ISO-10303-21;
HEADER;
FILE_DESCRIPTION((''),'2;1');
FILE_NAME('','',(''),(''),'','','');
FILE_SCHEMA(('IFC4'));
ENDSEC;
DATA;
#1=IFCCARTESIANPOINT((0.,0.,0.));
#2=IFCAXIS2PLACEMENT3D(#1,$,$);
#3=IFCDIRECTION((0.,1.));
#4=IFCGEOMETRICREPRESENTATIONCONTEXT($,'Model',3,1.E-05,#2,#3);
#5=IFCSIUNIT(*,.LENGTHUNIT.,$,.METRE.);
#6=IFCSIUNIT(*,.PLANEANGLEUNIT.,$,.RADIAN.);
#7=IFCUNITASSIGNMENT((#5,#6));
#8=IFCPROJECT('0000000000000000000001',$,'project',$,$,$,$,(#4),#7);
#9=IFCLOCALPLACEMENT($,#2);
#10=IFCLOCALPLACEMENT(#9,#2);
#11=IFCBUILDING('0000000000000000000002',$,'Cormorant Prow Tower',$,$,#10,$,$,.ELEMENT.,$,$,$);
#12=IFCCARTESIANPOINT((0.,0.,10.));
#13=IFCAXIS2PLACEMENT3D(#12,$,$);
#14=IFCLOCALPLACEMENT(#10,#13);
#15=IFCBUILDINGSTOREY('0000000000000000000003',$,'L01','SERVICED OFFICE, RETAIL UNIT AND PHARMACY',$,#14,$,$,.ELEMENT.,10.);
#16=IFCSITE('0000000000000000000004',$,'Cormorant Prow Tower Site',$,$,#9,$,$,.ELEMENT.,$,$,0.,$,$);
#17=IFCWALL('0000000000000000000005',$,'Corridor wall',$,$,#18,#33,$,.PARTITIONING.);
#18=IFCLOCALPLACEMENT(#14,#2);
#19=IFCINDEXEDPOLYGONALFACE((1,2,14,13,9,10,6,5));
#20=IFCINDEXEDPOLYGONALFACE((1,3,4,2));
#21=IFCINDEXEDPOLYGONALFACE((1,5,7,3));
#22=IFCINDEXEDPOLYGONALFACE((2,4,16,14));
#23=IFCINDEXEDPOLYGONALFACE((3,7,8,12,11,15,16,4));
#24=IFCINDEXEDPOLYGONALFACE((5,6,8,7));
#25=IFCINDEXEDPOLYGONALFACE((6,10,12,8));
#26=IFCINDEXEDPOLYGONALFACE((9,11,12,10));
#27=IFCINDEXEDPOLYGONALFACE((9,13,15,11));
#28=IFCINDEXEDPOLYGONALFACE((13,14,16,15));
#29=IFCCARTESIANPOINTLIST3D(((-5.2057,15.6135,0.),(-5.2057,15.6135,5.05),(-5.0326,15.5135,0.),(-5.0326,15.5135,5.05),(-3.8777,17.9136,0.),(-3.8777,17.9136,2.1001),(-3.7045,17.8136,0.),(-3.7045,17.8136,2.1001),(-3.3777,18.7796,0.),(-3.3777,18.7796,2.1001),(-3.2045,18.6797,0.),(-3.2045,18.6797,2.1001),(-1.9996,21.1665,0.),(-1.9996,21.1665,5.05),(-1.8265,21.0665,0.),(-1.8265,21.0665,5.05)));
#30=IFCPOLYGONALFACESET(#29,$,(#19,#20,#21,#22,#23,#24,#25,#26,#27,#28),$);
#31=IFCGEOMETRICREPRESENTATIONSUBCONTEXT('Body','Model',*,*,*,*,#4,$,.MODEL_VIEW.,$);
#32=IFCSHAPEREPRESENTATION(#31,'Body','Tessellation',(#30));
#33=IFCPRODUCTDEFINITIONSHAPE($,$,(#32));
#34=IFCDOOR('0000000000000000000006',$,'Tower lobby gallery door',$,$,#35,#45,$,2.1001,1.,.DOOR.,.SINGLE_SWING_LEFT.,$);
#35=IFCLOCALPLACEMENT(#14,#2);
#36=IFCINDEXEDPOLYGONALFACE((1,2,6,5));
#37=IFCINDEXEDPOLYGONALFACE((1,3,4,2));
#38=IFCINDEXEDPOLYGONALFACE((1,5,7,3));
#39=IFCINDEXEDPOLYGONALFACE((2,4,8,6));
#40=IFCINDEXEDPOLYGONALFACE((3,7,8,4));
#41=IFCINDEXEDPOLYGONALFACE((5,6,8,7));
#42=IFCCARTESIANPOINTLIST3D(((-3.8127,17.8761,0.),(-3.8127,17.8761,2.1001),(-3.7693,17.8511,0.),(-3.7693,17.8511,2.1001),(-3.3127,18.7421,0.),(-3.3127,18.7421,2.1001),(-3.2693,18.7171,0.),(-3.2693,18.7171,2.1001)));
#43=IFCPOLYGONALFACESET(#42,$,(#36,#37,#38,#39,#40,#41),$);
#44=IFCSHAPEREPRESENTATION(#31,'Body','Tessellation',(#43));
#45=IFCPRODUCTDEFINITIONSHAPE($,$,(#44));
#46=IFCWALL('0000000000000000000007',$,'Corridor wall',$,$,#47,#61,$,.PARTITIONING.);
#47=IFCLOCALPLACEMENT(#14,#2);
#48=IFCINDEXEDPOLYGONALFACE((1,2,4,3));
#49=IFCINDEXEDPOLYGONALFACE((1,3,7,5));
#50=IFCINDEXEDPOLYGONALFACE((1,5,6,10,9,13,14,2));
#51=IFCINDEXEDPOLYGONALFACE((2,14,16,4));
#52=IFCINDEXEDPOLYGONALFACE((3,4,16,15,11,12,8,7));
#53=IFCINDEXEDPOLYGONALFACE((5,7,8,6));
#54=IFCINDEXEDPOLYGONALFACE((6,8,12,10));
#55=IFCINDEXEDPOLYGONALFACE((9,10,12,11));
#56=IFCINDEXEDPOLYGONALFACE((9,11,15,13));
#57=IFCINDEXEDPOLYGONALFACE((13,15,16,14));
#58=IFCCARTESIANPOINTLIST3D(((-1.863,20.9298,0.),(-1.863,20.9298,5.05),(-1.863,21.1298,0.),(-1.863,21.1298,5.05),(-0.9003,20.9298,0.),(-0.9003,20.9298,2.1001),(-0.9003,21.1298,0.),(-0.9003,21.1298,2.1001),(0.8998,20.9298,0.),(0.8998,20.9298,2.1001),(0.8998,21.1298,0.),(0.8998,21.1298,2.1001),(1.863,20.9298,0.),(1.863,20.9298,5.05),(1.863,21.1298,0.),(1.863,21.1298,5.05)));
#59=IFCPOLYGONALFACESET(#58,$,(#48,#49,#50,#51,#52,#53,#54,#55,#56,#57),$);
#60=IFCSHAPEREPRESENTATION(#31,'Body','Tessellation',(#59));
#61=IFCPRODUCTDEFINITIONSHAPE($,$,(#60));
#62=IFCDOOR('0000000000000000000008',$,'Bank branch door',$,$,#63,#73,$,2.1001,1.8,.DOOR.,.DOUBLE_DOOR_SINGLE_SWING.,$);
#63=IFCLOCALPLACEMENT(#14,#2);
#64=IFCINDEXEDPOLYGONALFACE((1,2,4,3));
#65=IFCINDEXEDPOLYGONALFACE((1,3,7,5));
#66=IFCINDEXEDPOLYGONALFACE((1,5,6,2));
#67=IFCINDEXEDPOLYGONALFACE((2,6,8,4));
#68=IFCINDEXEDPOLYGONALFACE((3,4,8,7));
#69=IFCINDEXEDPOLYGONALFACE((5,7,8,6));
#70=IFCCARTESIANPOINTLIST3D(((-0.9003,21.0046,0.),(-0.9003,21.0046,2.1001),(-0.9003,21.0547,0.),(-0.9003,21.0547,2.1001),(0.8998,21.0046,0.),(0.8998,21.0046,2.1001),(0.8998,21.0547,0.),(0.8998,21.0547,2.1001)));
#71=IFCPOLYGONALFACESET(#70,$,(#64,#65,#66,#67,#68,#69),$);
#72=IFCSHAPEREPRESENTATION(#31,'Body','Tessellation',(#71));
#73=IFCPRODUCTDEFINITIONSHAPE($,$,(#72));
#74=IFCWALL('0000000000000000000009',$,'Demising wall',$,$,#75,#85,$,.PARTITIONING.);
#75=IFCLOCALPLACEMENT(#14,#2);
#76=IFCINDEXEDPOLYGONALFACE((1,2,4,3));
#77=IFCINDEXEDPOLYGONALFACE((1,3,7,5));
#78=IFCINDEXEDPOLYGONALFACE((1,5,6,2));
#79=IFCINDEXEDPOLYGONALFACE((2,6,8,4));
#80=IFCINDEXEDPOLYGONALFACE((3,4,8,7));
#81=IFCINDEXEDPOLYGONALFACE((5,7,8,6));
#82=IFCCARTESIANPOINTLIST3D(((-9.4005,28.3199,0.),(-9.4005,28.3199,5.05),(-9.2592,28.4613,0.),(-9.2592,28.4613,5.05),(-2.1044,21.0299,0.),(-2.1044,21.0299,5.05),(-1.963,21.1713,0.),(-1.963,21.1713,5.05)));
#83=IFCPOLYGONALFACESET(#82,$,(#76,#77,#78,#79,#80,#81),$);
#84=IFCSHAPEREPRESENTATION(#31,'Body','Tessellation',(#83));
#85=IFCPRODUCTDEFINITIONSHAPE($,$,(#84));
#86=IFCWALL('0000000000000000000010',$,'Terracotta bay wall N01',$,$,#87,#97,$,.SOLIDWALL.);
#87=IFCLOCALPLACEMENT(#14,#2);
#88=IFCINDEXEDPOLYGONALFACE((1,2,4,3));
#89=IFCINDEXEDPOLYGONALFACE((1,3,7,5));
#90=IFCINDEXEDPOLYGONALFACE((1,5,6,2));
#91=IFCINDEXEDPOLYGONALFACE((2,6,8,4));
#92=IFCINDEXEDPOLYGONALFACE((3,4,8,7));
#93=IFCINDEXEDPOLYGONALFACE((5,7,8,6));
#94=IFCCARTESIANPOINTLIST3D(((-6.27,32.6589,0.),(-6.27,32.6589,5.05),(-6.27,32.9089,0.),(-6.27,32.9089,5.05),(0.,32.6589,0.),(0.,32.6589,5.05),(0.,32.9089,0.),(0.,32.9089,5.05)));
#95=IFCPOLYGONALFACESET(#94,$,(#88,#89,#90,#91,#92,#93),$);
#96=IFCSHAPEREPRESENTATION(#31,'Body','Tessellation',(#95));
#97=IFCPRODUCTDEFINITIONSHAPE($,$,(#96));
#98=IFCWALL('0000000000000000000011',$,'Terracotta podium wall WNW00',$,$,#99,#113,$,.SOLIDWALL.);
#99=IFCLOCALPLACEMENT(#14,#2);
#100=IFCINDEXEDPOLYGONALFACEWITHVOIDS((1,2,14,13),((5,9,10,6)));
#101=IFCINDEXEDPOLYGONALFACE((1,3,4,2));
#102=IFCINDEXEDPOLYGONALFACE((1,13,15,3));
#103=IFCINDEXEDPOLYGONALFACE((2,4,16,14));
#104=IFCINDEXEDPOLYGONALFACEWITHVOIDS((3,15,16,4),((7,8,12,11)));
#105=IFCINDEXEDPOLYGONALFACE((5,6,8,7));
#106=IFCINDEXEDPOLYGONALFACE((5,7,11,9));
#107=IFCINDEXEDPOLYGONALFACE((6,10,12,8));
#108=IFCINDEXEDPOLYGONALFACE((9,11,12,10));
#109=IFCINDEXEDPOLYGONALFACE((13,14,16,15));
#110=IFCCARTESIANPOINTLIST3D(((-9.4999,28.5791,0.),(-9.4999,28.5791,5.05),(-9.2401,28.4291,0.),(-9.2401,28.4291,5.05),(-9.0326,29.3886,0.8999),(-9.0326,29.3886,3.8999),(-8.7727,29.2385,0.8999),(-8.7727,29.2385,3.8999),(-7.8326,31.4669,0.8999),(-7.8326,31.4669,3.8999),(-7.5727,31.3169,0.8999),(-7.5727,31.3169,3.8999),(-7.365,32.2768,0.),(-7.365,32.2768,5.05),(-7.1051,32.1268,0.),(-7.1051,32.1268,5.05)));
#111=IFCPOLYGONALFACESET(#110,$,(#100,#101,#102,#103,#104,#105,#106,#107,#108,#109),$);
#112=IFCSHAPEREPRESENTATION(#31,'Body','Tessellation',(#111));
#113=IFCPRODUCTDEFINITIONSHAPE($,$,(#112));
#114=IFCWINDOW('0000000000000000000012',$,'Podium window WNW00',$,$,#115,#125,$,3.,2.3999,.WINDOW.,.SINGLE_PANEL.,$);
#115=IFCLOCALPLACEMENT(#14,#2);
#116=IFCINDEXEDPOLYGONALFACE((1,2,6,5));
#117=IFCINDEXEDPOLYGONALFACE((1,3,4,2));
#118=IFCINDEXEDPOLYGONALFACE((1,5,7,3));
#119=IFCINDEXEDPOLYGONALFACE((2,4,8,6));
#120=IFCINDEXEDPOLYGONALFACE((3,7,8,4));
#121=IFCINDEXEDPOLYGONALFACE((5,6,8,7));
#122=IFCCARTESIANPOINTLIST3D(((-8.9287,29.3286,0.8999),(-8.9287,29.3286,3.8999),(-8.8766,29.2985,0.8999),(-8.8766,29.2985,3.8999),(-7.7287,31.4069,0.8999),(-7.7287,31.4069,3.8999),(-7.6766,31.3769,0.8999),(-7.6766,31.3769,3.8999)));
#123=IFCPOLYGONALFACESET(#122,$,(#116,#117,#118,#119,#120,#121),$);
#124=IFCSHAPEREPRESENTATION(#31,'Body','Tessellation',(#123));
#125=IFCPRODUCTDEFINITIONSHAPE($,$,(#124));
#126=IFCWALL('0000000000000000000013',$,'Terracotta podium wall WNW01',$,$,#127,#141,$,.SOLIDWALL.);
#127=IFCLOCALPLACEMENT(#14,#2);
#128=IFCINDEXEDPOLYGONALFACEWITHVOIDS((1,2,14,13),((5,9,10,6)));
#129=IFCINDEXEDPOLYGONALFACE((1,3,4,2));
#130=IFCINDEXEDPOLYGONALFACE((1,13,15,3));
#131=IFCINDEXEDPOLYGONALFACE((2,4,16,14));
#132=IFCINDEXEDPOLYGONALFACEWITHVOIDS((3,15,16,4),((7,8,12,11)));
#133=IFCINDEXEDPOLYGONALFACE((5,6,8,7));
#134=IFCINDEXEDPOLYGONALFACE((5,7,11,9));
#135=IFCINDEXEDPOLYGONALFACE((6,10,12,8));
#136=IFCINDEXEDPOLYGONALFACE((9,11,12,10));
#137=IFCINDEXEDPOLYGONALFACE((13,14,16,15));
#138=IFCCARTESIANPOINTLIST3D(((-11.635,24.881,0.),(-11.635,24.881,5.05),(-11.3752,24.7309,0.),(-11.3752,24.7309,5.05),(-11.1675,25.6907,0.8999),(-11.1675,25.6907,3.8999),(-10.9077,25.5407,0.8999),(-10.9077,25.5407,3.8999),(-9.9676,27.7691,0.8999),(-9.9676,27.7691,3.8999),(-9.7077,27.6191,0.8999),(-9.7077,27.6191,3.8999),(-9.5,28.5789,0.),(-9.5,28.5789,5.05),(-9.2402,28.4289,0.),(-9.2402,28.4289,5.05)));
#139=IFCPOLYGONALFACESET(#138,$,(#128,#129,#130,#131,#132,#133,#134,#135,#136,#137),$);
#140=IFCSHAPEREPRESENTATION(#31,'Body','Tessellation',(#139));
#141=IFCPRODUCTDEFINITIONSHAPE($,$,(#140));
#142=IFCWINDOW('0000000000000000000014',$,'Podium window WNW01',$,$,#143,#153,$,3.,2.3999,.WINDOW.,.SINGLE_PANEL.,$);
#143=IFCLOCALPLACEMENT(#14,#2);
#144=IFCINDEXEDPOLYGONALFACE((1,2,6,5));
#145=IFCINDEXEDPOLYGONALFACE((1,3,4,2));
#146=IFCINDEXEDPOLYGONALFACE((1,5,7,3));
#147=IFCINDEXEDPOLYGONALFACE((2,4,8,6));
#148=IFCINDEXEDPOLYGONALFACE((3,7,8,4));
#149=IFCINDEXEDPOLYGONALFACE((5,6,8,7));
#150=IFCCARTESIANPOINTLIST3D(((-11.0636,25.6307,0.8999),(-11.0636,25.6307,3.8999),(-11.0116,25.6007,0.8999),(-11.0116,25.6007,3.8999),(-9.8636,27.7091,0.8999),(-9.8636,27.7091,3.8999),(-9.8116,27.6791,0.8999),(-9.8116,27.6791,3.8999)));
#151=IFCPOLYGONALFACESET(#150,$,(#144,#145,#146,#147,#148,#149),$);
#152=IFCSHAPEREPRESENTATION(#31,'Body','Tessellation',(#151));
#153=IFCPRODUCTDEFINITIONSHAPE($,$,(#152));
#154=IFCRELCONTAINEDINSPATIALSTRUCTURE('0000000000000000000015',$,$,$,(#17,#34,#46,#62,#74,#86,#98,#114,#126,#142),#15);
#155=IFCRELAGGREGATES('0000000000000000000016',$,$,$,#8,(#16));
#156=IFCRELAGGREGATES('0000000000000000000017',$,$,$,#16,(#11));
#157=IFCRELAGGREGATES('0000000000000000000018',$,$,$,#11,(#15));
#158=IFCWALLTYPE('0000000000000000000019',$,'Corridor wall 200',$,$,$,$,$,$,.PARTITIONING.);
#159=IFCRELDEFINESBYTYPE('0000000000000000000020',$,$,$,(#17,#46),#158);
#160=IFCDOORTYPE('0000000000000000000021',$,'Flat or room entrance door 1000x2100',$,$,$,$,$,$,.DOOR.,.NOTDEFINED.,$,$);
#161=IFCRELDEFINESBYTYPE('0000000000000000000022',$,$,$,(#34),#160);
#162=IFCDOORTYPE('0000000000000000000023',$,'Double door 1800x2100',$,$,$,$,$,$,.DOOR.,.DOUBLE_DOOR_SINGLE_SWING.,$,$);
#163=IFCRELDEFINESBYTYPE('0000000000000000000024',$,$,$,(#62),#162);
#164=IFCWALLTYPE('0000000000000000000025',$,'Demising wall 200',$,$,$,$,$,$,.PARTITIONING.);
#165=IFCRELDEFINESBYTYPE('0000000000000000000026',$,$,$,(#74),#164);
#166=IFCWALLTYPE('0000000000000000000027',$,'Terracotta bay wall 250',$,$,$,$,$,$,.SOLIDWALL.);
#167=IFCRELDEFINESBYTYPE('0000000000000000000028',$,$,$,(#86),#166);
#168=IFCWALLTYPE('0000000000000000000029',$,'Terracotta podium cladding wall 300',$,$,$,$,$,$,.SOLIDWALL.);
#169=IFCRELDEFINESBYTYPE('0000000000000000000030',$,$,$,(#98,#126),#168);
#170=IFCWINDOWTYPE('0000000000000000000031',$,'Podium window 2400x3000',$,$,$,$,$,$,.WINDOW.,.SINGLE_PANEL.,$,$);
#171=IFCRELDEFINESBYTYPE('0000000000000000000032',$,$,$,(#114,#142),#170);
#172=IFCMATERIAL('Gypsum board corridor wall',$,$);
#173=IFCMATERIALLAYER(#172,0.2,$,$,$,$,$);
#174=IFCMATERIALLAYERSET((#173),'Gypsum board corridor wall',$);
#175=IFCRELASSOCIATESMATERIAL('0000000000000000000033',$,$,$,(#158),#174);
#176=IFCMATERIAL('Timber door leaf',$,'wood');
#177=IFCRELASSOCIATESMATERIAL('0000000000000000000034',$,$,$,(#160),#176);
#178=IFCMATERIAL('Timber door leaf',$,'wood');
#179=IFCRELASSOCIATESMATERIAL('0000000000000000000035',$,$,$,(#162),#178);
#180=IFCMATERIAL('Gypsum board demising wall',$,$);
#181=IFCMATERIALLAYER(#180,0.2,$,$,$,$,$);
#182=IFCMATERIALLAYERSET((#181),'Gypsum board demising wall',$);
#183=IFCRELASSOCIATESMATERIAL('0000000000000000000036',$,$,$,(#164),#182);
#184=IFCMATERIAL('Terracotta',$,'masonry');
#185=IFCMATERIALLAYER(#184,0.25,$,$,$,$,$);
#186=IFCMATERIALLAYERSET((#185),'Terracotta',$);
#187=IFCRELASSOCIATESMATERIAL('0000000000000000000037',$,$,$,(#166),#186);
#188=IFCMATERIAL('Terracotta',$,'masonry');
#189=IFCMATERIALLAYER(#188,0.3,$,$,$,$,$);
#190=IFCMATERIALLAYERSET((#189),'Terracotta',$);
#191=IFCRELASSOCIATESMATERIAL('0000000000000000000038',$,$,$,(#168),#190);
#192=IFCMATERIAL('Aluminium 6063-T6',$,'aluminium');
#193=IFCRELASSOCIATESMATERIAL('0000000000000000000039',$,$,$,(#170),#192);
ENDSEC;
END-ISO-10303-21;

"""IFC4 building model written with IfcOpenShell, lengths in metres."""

from ifc_helpers import new_model, si_unit, direction, frame, frame_2d, origin, place, context, subcontext, project, spatial, rectangle, extrude, material, layer, layer_set, type_object, element, fill, save


model = new_model("IFC4")

# Units and contexts
model_context = context("Model", 3, precision=1e-05, world=origin(), true_north=direction((0.0, 1.0)))
body_context = subcontext(model_context, "Body", "Model", "MODEL_VIEW")
ifc_project = project(units=[si_unit("LENGTHUNIT", "METRE"), si_unit("PLANEANGLEUNIT", "RADIAN")], contexts=[model_context])

# Site, building, storey
site_placement = place(None, origin())
site = spatial("IfcSite", under=ifc_project, at=site_placement, Name="Cormorant Prow Tower Site", CompositionType="ELEMENT", RefElevation=0.0)
building_placement = place(site_placement, origin())
building = spatial("IfcBuilding", under=site, at=building_placement, Name="Cormorant Prow Tower", CompositionType="ELEMENT")
storey_placement = place(building_placement, frame((0.0, 0.0, 10.0)))
storey = spatial("IfcBuildingStorey", under=building, at=storey_placement, Name="L01", Description="SERVICED OFFICE, RETAIL UNIT AND PHARMACY", CompositionType="ELEMENT", Elevation=10.0)

# Walls, openings, doors
ifc_material_1 = material(Name="Gypsum board corridor wall")
ifc_layer_1 = layer(ifc_material_1, 0.2)
ifc_layer_set_1 = layer_set([ifc_layer_1], Name="Gypsum board corridor wall")
wall_type_1 = type_object("IfcWallType", Name="Corridor wall 200", PredefinedType="PARTITIONING", material=ifc_layer_set_1)
wall_1_placement = place(storey_placement, frame((-5.1191, 15.5635, 0.0), z_axis=(0.0, 0.0, 1.0), x_axis=(0.500005, 0.866023, 0.0)))
wall_1 = element("IfcWall", 1, at=wall_1_placement, inside=storey, type_object=wall_type_1, Name="Corridor wall", PredefinedType="PARTITIONING", context=body_context, shape_type="SweptSolid", body=[
    extrude(rectangle(XDim=6.4121, YDim=0.2, at=frame_2d((3.2061, 0.0))), origin(), (0.0, 0.0, 1.0), 5.05),
])
opening_1_placement = place(wall_1_placement, frame((2.656, 0.0, 0.0)))
opening_1 = element("IfcOpeningElement", 2, at=opening_1_placement, cuts=wall_1, PredefinedType="OPENING", context=body_context, shape_type="SweptSolid", body=[
    extrude(rectangle(XDim=1.0, YDim=2.1001, at=frame_2d((0.5, 1.05))), frame((0.0, 0.1099, 0.0), z_axis=(0.0, -1.0, 0.0), x_axis=(1.0, 0.0, 0.0)), (0.0, 0.0, 1.0), 0.22),
])
ifc_material_2 = material(Name="Timber door leaf", Category="wood")
door_type_1 = type_object("IfcDoorType", Name="Flat or room entrance door 1000x2100", OperationType="NOTDEFINED", PredefinedType="DOOR", material=ifc_material_2)
door_1_placement = place(opening_1_placement, origin())
door_1 = element("IfcDoor", 3, at=door_1_placement, inside=storey, type_object=door_type_1, Name="Tower lobby gallery door", OperationType="SINGLE_SWING_LEFT", OverallHeight=2.1001, OverallWidth=1.0, PredefinedType="DOOR", context=body_context, shape_type="SweptSolid", body=[
    extrude(rectangle(XDim=1.0, YDim=2.1001, at=frame_2d((0.5, 1.05))), frame((0.0, 0.0249, 0.0), z_axis=(0.0, -1.0, 0.0), x_axis=(1.0, 0.0, 0.0)), (0.0, 0.0, 1.0), 0.05),
])
fill(opening_1, door_1)
wall_2_placement = place(storey_placement, frame((-1.863, 21.0298, 0.0), z_axis=(0.0, 0.0, 1.0), x_axis=(1.0, 0.0, 0.0)))
wall_2 = element("IfcWall", 4, at=wall_2_placement, inside=storey, type_object=wall_type_1, Name="Corridor wall", PredefinedType="PARTITIONING", context=body_context, shape_type="SweptSolid", body=[
    extrude(rectangle(XDim=3.7261, YDim=0.2, at=frame_2d((1.863, 0.0))), origin(), (0.0, 0.0, 1.0), 5.05),
])
opening_2_placement = place(wall_2_placement, frame((0.9629, 0.0, 0.0)))
opening_2 = element("IfcOpeningElement", 5, at=opening_2_placement, cuts=wall_2, PredefinedType="OPENING", context=body_context, shape_type="SweptSolid", body=[
    extrude(rectangle(XDim=1.8, YDim=2.1001, at=frame_2d((0.8999, 1.05))), frame((0.0, 0.1099, 0.0), z_axis=(0.0, -1.0, 0.0), x_axis=(1.0, 0.0, 0.0)), (0.0, 0.0, 1.0), 0.22),
])
ifc_material_3 = material(Name="Timber door leaf", Category="wood")
door_type_2 = type_object("IfcDoorType", Name="Double door 1800x2100", OperationType="DOUBLE_DOOR_SINGLE_SWING", PredefinedType="DOOR", material=ifc_material_3)
door_2_placement = place(opening_2_placement, origin())
door_2 = element("IfcDoor", 6, at=door_2_placement, inside=storey, type_object=door_type_2, Name="Bank branch door", OperationType="DOUBLE_DOOR_SINGLE_SWING", OverallHeight=2.1001, OverallWidth=1.8, PredefinedType="DOOR", context=body_context, shape_type="SweptSolid", body=[
    extrude(rectangle(XDim=1.8, YDim=2.1001, at=frame_2d((0.8999, 1.05))), frame((0.0, 0.0249, 0.0), z_axis=(0.0, -1.0, 0.0), x_axis=(1.0, 0.0, 0.0)), (0.0, 0.0, 1.0), 0.05),
])
fill(opening_2, door_2)

# Walls
ifc_material_4 = material(Name="Gypsum board demising wall")
ifc_layer_2 = layer(ifc_material_4, 0.2)
ifc_layer_set_2 = layer_set([ifc_layer_2], Name="Gypsum board demising wall")
wall_type_2 = type_object("IfcWallType", Name="Demising wall 200", PredefinedType="PARTITIONING", material=ifc_layer_set_2)
wall_3_placement = place(storey_placement, frame((-9.3298, 28.3906, 0.0), z_axis=(0.0, 0.0, 1.0), x_axis=(0.707403, -0.706811, 0.0)))
element("IfcWall", 7, at=wall_3_placement, inside=storey, type_object=wall_type_2, Name="Demising wall", PredefinedType="PARTITIONING", context=body_context, shape_type="SweptSolid", body=[
    extrude(rectangle(XDim=10.314, YDim=0.2, at=frame_2d((5.157, 0.0))), origin(), (0.0, 0.0, 1.0), 5.05),
])
ifc_material_5 = material(Name="Terracotta", Category="masonry")
ifc_layer_3 = layer(ifc_material_5, 0.25)
ifc_layer_set_3 = layer_set([ifc_layer_3], Name="Terracotta")
wall_type_3 = type_object("IfcWallType", Name="Terracotta bay wall 250", PredefinedType="SOLIDWALL", material=ifc_layer_set_3)
wall_4_placement = place(storey_placement, frame((0.0, 32.7839, 0.0), z_axis=(0.0, 0.0, 1.0), x_axis=(-1.0, 0.0, 0.0)))
element("IfcWall", 8, at=wall_4_placement, inside=storey, type_object=wall_type_3, Name="Terracotta bay wall N01", PredefinedType="SOLIDWALL", context=body_context, shape_type="SweptSolid", body=[
    extrude(rectangle(XDim=6.27, YDim=0.25, at=frame_2d((3.135, 0.0))), origin(), (0.0, 0.0, 1.0), 5.05),
])

# Walls, openings, windows
ifc_material_6 = material(Name="Terracotta", Category="masonry")
ifc_layer_4 = layer(ifc_material_6, 0.3)
ifc_layer_set_4 = layer_set([ifc_layer_4], Name="Terracotta")
wall_type_4 = type_object("IfcWallType", Name="Terracotta podium cladding wall 300", PredefinedType="SOLIDWALL", material=ifc_layer_set_4)
wall_5_placement = place(storey_placement, frame((-7.2351, 32.2017, 0.0), z_axis=(0.0, 0.0, 1.0), x_axis=(-0.500019, -0.866014, 0.0)))
wall_5 = element("IfcWall", 9, at=wall_5_placement, inside=storey, type_object=wall_type_4, Name="Terracotta podium wall WNW00", PredefinedType="SOLIDWALL", context=body_context, shape_type="SweptSolid", body=[
    extrude(rectangle(XDim=4.2698, YDim=0.3, at=frame_2d((2.1348, 0.0))), origin(), (0.0, 0.0, 1.0), 5.05),
])
opening_3_placement = place(wall_5_placement, frame((0.9351, 0.0, 0.8999)))
opening_3 = element("IfcOpeningElement", 10, at=opening_3_placement, cuts=wall_5, PredefinedType="OPENING", context=body_context, shape_type="SweptSolid", body=[
    extrude(rectangle(XDim=2.3999, YDim=3.0, at=frame_2d((1.2, 1.5))), frame((0.0, 0.1599, 0.0), z_axis=(0.0, -1.0, 0.0), x_axis=(1.0, 0.0, 0.0)), (0.0, 0.0, 1.0), 0.3201),
])
ifc_material_7 = material(Name="Aluminium 6063-T6", Category="aluminium")
window_type = type_object("IfcWindowType", Name="Podium window 2400x3000", PartitioningType="SINGLE_PANEL", PredefinedType="WINDOW", material=ifc_material_7)
window_1_placement = place(opening_3_placement, origin())
window_1 = element("IfcWindow", 11, at=window_1_placement, inside=storey, type_object=window_type, Name="Podium window WNW00", OverallHeight=3.0, OverallWidth=2.3999, PartitioningType="SINGLE_PANEL", PredefinedType="WINDOW", context=body_context, shape_type="SweptSolid", body=[
    extrude(rectangle(XDim=2.3999, YDim=3.0, at=frame_2d((1.2, 1.5))), frame((0.0, 0.03, 0.0), z_axis=(0.0, -1.0, 0.0), x_axis=(1.0, 0.0, 0.0)), (0.0, 0.0, 1.0), 0.0601),
])
fill(opening_3, window_1)
wall_6_placement = place(storey_placement, frame((-9.3701, 28.5039, 0.0), z_axis=(0.0, 0.0, 1.0), x_axis=(-0.499995, -0.866028, 0.0)))
wall_6 = element("IfcWall", 12, at=wall_6_placement, inside=storey, type_object=wall_type_4, Name="Terracotta podium wall WNW01", PredefinedType="SOLIDWALL", context=body_context, shape_type="SweptSolid", body=[
    extrude(rectangle(XDim=4.27, YDim=0.3, at=frame_2d((2.135, 0.0))), origin(), (0.0, 0.0, 1.0), 5.05),
])
opening_4_placement = place(wall_6_placement, frame((0.9351, 0.0, 0.8999)))
opening_4 = element("IfcOpeningElement", 13, at=opening_4_placement, cuts=wall_6, PredefinedType="OPENING", context=body_context, shape_type="SweptSolid", body=[
    extrude(rectangle(XDim=2.3999, YDim=3.0, at=frame_2d((1.2, 1.5))), frame((0.0, 0.1599, 0.0), z_axis=(0.0, -1.0, 0.0), x_axis=(1.0, 0.0, 0.0)), (0.0, 0.0, 1.0), 0.3201),
])
window_2_placement = place(opening_4_placement, origin())
window_2 = element("IfcWindow", 14, at=window_2_placement, inside=storey, type_object=window_type, Name="Podium window WNW01", OverallHeight=3.0, OverallWidth=2.3999, PartitioningType="SINGLE_PANEL", PredefinedType="WINDOW", context=body_context, shape_type="SweptSolid", body=[
    extrude(rectangle(XDim=2.3999, YDim=3.0, at=frame_2d((1.2, 1.5))), frame((0.0, 0.03, 0.0), z_axis=(0.0, -1.0, 0.0), x_axis=(1.0, 0.0, 0.0)), (0.0, 0.0, 1.0), 0.0601),
])
fill(opening_4, window_2)

save(model, "model.ifc")
